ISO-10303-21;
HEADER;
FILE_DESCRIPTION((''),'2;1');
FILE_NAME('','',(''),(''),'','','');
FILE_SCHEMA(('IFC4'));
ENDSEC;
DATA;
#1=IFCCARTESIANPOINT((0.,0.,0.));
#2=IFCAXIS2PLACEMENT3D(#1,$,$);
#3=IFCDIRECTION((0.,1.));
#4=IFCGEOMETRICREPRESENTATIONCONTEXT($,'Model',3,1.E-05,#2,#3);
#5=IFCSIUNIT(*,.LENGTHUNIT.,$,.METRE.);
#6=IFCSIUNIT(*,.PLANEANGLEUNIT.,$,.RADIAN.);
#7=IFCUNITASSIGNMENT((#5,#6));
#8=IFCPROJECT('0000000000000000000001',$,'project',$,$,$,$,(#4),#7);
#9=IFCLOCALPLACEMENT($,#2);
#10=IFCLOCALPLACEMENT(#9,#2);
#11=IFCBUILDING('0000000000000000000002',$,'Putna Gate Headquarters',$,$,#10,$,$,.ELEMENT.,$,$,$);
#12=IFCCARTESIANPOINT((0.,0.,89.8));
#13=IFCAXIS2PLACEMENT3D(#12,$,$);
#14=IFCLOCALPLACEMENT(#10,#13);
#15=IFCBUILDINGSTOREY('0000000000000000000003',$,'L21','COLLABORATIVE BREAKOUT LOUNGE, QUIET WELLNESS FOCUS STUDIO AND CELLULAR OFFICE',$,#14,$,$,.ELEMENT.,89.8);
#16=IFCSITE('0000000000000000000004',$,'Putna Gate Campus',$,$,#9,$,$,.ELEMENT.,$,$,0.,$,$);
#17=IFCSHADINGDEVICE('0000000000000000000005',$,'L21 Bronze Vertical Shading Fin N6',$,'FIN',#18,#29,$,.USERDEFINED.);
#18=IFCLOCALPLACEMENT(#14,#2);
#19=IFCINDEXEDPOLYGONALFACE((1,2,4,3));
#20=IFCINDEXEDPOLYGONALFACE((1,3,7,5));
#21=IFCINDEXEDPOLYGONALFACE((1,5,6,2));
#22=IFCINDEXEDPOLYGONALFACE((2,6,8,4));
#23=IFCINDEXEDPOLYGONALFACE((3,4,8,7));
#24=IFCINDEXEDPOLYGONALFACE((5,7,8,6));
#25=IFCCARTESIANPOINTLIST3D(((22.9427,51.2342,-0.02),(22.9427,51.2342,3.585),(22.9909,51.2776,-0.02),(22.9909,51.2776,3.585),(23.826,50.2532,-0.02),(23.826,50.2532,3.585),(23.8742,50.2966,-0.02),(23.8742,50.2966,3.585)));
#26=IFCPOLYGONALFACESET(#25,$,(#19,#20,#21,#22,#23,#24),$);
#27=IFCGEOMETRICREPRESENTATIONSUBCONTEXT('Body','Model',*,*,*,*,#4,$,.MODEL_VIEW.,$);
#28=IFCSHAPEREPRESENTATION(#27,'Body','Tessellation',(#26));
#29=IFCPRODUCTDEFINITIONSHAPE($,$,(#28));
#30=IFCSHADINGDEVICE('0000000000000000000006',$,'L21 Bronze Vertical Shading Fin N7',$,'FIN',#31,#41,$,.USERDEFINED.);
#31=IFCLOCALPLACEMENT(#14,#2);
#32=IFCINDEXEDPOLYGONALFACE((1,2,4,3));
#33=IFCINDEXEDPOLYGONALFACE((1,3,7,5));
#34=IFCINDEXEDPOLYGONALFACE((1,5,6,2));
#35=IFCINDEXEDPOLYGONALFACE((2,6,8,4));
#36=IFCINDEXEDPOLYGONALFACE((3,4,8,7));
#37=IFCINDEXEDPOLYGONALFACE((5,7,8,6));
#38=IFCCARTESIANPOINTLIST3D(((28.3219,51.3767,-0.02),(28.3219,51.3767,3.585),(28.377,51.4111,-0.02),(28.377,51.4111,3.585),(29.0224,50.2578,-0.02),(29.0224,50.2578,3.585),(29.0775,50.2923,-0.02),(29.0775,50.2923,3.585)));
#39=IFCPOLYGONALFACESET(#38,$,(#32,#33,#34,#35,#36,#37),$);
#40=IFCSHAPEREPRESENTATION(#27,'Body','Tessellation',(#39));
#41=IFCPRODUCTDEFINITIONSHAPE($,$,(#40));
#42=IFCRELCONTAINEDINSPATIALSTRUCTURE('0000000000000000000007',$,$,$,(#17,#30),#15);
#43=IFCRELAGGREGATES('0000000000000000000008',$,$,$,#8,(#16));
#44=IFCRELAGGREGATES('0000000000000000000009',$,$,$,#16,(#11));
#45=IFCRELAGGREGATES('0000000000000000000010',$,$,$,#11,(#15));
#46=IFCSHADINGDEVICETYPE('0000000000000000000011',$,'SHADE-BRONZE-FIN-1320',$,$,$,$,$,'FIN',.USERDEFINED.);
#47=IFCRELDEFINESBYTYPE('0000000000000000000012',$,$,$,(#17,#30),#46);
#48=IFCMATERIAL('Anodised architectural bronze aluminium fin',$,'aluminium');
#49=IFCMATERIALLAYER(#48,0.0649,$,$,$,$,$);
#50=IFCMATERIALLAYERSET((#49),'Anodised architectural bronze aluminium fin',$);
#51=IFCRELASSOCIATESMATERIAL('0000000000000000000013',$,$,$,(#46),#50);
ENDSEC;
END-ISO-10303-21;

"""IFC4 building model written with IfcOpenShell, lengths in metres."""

from ifc_helpers import new_model, si_unit, direction, frame, origin, origin_2d, place, context, subcontext, project, spatial, rectangle, extrude, material, layer, layer_set, type_object, element, save


model = new_model("IFC4")

# Units and contexts
model_context = context("Model", 3, precision=1e-05, world=origin(), true_north=direction((0.0, 1.0)))
body_context = subcontext(model_context, "Body", "Model", "MODEL_VIEW")
ifc_project = project(units=[si_unit("LENGTHUNIT", "METRE"), si_unit("PLANEANGLEUNIT", "RADIAN")], contexts=[model_context])

# Site, building, storey
site_placement = place(None, origin())
site = spatial("IfcSite", under=ifc_project, at=site_placement, Name="Putna Gate Campus", CompositionType="ELEMENT", RefElevation=0.0)
building_placement = place(site_placement, origin())
building = spatial("IfcBuilding", under=site, at=building_placement, Name="Putna Gate Headquarters", CompositionType="ELEMENT")
storey_placement = place(building_placement, frame((0.0, 0.0, 89.8)))
storey = spatial("IfcBuildingStorey", under=building, at=storey_placement, Name="L21", Description="COLLABORATIVE BREAKOUT LOUNGE, QUIET WELLNESS FOCUS STUDIO AND CELLULAR OFFICE", CompositionType="ELEMENT", Elevation=89.8)

# Shading devices
ifc_material_1 = material(Name="Anodised architectural bronze aluminium fin", Category="aluminium")
ifc_layer_1 = layer(ifc_material_1, 0.0649)
ifc_layer_set_1 = layer_set([ifc_layer_1], Name="Anodised architectural bronze aluminium fin")
shading_device_type = type_object("IfcShadingDeviceType", Name="SHADE-BRONZE-FIN-1320", ElementType="FIN", PredefinedType="USERDEFINED", material=ifc_layer_set_1)
for number, where, z_axis, x_axis, name in (
    (1, (23.4084, 50.7654, -0.02), (0.0, 0.0, 1.0), (-0.669131, 0.743145, 0.0), "L21 Bronze Vertical Shading Fin N6"),
    (2, (28.6997, 50.8345, -0.02), (0.0, 0.0, 1.0), (-0.530659, 0.847585, 0.0), "L21 Bronze Vertical Shading Fin N7"),
):
    element("IfcShadingDevice", number, at=place(storey_placement, frame(where, z_axis=z_axis, x_axis=x_axis)), inside=storey, type_object=shading_device_type, Name=name, ObjectType="FIN", PredefinedType="USERDEFINED", context=body_context, shape_type="SweptSolid", body=[
        extrude(rectangle(XDim=1.3201, YDim=0.0649, at=origin_2d()), origin(), (0.0, 0.0, 1.0), 3.605),
    ])

save(model, "model.ifc")
